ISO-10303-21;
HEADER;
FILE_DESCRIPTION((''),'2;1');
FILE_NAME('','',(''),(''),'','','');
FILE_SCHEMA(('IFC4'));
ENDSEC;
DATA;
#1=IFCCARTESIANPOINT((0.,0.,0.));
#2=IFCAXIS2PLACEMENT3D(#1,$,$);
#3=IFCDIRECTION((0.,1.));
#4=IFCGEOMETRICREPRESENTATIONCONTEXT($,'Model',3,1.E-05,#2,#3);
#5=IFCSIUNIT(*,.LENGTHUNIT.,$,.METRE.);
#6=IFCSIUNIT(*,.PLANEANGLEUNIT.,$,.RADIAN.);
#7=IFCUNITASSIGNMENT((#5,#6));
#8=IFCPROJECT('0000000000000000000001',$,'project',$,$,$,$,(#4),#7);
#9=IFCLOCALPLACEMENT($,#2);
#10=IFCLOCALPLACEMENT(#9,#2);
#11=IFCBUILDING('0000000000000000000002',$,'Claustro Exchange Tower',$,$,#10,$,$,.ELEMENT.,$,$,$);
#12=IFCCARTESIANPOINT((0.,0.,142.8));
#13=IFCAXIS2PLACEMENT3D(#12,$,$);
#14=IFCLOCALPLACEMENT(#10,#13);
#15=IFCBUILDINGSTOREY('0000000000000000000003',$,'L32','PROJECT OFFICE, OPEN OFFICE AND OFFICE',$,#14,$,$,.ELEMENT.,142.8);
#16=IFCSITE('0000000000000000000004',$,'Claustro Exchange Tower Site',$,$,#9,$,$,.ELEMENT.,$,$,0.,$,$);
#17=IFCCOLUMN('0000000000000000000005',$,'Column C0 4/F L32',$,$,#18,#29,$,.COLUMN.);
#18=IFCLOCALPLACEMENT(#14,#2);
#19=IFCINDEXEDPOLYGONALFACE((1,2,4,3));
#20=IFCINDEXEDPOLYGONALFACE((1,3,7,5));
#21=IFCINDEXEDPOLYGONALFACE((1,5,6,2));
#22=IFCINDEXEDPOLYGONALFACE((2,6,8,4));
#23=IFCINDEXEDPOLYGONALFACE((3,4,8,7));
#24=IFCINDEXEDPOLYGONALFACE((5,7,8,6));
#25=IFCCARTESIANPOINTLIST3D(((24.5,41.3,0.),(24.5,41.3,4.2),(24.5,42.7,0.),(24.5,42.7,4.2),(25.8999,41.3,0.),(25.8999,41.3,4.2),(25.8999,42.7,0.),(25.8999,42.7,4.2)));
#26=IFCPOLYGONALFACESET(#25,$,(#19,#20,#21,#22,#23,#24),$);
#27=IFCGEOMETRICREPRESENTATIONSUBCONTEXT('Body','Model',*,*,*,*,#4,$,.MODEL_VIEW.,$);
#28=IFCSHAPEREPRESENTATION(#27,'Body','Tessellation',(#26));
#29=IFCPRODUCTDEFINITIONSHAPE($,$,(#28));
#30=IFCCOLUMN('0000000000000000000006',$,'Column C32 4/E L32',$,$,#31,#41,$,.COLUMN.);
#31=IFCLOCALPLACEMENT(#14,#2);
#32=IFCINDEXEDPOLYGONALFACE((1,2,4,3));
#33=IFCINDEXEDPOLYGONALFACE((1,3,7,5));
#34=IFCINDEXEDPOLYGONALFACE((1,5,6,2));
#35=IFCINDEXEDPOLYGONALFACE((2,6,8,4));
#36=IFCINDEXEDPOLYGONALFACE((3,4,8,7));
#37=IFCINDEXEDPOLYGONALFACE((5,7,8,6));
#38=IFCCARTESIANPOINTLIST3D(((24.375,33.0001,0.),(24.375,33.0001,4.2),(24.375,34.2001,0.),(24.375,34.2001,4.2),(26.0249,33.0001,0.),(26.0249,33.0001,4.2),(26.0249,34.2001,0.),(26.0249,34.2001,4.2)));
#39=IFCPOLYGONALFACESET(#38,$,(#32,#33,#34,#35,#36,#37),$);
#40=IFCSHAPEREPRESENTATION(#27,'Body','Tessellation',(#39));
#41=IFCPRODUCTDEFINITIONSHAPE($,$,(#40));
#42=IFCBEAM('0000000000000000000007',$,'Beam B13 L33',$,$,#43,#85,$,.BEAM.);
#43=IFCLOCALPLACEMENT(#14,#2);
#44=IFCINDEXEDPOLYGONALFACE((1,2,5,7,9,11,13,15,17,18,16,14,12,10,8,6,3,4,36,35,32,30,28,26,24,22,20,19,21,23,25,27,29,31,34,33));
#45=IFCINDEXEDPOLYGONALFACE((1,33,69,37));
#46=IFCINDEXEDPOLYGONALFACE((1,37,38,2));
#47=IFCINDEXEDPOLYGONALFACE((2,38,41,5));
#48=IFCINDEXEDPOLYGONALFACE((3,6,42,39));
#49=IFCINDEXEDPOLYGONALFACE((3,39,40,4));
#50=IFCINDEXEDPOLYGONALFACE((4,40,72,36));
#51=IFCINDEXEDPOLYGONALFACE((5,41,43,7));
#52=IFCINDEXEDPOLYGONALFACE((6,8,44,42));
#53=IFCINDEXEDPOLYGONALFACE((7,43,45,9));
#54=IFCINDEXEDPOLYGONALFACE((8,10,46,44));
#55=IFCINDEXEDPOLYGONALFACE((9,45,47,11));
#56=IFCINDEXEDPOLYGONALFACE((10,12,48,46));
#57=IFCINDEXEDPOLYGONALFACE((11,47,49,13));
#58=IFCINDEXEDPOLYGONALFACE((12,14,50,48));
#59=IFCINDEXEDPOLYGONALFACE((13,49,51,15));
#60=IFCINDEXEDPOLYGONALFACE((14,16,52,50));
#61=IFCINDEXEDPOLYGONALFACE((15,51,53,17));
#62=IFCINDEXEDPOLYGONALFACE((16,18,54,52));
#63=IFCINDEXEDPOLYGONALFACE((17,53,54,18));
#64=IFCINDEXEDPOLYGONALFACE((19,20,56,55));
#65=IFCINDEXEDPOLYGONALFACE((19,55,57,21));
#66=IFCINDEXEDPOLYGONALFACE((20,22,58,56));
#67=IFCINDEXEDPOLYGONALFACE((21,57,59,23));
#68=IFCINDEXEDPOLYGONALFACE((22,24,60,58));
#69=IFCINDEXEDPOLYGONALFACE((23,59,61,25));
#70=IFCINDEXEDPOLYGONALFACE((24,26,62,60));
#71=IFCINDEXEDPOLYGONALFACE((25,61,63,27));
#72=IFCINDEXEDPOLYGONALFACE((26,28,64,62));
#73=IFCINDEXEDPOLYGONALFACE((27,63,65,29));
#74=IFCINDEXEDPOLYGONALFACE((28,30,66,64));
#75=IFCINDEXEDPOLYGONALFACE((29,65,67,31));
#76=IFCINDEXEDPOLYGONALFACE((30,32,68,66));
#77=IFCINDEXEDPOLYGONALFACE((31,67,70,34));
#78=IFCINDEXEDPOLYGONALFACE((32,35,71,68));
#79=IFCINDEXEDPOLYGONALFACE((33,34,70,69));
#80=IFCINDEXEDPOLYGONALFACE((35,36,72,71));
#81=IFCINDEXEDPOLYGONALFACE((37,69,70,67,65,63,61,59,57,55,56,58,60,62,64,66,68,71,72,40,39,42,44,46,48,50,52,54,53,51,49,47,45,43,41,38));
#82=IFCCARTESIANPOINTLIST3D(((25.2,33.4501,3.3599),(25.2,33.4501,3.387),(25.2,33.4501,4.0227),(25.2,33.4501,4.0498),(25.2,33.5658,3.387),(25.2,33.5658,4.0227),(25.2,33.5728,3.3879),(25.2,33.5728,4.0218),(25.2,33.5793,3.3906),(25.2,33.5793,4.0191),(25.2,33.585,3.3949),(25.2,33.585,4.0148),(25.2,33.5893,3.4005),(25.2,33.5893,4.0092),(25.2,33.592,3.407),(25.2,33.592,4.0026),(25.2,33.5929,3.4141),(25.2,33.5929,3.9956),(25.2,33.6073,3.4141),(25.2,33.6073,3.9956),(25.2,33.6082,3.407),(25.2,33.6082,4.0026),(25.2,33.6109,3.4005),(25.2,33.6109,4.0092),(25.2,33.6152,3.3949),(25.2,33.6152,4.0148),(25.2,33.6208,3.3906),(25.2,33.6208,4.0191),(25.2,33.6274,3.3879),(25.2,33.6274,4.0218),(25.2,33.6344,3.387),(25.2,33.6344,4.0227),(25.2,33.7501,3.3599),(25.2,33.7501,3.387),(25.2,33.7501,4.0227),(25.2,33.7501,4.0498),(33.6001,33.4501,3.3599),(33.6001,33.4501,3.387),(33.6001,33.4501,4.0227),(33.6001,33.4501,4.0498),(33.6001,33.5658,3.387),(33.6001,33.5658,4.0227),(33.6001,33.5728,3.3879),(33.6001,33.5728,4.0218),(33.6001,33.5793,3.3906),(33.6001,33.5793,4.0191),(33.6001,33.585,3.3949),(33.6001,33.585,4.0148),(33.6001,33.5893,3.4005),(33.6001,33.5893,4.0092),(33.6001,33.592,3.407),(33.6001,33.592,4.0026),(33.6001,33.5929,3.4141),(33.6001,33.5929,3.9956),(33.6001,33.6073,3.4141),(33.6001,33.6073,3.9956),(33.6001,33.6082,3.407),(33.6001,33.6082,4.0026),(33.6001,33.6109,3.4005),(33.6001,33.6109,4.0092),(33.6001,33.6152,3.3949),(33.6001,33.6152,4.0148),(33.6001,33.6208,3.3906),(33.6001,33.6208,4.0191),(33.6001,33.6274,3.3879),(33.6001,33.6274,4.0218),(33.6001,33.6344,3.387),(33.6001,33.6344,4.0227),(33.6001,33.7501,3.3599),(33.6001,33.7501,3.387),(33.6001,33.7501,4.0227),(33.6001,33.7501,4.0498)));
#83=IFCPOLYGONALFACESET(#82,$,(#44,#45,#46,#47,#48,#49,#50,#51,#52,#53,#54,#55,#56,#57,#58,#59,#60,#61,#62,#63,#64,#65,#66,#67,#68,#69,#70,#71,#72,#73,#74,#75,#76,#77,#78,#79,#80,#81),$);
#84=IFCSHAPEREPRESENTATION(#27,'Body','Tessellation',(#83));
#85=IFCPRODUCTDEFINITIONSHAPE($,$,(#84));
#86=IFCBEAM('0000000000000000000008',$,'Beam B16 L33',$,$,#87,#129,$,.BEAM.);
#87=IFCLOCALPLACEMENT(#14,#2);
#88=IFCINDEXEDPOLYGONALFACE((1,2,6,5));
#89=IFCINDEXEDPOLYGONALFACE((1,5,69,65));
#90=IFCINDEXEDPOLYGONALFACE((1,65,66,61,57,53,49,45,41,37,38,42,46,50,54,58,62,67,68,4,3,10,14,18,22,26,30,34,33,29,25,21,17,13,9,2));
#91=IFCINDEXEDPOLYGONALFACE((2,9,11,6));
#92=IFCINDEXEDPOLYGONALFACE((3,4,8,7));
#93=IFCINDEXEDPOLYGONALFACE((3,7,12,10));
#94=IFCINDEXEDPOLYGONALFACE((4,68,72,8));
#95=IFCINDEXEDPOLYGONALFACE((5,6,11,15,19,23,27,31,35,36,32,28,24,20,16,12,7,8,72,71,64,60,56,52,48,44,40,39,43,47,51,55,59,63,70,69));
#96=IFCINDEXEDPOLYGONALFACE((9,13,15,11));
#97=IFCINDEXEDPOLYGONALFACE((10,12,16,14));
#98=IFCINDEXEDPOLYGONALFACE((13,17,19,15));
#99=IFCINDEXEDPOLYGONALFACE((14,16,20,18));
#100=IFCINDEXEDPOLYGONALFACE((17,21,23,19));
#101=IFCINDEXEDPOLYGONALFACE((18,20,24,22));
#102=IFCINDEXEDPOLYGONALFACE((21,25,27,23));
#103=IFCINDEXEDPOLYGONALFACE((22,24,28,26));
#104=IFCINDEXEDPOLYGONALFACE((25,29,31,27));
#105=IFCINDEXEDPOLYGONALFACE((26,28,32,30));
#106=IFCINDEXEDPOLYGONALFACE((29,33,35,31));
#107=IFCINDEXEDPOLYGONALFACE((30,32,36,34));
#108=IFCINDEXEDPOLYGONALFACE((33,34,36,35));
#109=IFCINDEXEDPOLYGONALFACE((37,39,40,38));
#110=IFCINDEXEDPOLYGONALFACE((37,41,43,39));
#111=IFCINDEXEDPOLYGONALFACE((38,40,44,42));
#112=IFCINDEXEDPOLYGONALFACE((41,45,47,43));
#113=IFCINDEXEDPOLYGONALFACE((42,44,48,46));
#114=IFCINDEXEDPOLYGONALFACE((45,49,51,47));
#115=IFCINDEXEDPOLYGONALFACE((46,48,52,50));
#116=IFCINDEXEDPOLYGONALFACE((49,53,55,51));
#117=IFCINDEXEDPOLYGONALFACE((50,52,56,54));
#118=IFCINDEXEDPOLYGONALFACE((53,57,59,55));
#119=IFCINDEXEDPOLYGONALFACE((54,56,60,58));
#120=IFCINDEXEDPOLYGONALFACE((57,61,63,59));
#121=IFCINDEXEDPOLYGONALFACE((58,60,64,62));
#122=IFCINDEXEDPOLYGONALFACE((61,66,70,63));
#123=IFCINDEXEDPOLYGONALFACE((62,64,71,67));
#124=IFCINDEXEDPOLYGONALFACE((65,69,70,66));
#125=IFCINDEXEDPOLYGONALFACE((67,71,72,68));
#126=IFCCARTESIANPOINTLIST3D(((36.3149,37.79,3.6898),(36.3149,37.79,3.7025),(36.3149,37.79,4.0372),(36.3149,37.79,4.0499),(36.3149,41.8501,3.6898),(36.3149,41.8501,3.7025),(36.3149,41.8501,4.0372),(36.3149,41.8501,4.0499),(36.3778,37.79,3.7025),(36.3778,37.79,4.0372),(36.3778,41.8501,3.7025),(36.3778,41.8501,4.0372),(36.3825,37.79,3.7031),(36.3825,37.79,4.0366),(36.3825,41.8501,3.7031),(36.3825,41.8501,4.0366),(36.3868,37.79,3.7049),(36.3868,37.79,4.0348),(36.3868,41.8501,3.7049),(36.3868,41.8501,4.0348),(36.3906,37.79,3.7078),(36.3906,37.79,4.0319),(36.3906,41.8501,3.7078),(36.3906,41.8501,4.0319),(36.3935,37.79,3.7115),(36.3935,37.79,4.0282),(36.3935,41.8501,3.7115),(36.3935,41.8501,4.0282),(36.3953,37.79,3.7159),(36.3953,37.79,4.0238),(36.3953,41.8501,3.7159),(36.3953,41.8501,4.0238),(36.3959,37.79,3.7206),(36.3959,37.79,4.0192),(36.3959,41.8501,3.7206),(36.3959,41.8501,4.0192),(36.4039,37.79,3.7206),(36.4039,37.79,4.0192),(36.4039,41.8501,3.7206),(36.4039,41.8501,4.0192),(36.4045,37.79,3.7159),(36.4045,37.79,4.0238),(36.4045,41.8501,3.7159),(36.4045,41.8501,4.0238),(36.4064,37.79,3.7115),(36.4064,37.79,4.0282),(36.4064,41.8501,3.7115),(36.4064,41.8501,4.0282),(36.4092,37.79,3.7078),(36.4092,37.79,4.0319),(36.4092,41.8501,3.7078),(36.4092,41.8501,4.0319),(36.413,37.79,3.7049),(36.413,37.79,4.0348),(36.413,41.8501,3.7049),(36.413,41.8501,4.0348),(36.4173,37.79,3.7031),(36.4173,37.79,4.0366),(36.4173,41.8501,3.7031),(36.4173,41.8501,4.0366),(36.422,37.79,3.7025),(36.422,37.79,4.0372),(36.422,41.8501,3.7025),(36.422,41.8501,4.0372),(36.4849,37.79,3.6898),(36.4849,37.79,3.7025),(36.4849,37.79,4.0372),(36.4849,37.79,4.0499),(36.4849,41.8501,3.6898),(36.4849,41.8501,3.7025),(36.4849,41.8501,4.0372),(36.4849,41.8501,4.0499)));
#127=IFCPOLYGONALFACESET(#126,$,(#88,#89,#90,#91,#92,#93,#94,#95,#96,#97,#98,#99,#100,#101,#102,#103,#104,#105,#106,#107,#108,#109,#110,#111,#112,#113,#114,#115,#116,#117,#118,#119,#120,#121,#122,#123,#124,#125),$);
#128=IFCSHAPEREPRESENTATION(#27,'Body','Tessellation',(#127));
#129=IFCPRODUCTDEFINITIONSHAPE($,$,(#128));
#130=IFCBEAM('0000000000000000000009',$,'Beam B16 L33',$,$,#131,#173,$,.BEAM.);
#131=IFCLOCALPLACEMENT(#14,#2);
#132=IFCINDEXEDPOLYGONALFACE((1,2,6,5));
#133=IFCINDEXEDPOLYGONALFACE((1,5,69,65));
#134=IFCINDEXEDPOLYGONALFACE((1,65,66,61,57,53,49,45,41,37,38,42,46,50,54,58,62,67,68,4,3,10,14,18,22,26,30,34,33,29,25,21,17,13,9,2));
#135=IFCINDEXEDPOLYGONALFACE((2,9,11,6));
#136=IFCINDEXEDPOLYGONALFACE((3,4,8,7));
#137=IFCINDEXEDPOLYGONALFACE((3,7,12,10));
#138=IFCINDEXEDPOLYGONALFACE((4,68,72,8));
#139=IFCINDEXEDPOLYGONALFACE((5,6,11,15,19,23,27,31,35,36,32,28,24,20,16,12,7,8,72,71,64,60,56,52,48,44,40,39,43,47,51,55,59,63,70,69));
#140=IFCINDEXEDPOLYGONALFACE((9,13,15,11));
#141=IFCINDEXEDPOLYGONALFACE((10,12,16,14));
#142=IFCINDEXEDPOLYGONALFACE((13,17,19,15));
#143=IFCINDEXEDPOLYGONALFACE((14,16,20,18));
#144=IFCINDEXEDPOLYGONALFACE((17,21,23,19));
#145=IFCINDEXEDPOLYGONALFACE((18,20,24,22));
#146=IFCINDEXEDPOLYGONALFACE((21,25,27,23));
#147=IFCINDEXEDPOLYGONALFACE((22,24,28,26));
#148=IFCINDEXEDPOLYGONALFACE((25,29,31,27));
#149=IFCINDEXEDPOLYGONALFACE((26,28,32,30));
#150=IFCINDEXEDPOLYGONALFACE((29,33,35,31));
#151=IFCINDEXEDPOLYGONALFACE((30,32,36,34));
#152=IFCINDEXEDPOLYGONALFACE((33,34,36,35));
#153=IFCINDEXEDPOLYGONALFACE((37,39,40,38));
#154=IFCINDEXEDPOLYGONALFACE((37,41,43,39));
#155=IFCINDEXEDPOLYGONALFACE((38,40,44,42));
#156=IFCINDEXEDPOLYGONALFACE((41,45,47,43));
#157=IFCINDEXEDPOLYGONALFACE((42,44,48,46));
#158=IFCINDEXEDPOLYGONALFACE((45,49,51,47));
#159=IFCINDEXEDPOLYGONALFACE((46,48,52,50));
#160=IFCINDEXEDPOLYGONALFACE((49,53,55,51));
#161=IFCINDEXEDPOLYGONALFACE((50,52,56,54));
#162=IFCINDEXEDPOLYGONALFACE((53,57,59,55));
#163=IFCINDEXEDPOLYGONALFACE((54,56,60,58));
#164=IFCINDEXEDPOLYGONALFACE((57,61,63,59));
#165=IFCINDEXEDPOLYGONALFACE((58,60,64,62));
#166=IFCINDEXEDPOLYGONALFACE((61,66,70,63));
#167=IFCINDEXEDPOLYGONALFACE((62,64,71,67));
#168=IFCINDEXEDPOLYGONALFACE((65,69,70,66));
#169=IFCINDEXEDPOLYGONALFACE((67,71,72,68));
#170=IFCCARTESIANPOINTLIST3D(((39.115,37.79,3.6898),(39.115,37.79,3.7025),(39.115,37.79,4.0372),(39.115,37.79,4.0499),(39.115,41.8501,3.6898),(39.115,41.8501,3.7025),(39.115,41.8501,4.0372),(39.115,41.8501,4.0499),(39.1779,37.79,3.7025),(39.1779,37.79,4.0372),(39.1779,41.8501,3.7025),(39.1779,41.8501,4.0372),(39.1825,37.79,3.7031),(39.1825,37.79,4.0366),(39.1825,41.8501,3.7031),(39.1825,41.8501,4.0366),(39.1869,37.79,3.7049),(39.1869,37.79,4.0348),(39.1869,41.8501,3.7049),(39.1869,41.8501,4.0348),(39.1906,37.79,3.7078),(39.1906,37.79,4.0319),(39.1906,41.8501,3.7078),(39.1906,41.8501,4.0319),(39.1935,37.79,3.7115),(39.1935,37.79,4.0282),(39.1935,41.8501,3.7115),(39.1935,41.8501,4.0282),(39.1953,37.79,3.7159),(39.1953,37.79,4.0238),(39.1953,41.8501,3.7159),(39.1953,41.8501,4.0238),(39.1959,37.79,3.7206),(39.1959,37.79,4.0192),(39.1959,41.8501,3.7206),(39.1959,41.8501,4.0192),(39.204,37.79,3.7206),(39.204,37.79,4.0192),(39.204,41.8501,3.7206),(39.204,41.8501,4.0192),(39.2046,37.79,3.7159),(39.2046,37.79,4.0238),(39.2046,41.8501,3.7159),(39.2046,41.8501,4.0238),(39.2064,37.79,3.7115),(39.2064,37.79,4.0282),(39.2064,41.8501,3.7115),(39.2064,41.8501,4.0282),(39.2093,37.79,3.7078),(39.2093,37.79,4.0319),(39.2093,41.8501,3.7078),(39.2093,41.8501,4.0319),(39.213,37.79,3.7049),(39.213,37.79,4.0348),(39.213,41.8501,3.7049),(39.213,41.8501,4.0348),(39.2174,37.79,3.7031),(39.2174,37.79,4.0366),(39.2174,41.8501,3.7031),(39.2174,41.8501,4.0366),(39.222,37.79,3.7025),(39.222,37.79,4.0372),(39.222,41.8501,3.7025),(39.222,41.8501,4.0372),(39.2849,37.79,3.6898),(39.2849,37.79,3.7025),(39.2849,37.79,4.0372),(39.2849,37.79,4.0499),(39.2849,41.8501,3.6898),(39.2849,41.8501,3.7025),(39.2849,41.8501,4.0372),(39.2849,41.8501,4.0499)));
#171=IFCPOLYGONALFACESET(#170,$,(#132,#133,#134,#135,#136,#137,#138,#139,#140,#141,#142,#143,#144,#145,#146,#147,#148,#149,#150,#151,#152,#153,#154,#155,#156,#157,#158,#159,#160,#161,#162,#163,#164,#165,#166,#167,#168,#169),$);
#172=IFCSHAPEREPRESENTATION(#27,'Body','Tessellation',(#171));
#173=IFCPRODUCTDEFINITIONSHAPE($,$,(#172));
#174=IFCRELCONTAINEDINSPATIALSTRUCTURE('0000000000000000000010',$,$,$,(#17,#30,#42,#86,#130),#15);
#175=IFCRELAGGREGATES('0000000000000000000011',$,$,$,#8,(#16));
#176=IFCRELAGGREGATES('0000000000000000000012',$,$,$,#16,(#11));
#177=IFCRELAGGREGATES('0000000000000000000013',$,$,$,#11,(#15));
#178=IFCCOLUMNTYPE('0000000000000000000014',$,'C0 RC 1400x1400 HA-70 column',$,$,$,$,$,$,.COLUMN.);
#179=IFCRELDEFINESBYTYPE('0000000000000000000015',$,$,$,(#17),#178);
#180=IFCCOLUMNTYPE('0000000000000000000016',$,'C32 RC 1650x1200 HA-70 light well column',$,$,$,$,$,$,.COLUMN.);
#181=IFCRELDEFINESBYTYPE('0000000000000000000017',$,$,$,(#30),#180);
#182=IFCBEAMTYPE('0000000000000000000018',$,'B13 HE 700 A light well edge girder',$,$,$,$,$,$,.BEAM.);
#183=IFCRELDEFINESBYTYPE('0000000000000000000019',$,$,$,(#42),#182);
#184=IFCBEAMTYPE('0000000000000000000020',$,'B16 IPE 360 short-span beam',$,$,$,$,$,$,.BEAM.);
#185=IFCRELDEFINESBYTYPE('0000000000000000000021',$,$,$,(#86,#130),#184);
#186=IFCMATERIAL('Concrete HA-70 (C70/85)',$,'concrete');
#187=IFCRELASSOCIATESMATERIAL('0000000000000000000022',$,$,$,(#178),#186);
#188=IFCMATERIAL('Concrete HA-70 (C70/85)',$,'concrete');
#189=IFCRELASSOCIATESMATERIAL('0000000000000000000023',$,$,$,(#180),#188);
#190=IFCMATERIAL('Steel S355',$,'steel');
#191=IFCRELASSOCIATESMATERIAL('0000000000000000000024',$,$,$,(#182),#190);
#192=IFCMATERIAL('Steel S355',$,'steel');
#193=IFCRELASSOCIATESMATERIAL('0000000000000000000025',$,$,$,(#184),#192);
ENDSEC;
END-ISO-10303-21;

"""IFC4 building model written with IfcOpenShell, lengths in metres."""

from ifc_helpers import new_model, si_unit, direction, frame, origin, origin_2d, place, context, subcontext, project, spatial, rectangle, i_section, extrude, material, material_profile, profile_set, type_object, element, save


model = new_model("IFC4")

# Units and contexts
model_context = context("Model", 3, precision=1e-05, world=origin(), true_north=direction((0.0, 1.0)))
body_context = subcontext(model_context, "Body", "Model", "MODEL_VIEW")
ifc_project = project(units=[si_unit("LENGTHUNIT", "METRE"), si_unit("PLANEANGLEUNIT", "RADIAN")], contexts=[model_context])

# Site, building, storey
site_placement = place(None, origin())
site = spatial("IfcSite", under=ifc_project, at=site_placement, Name="Claustro Exchange Tower Site", CompositionType="ELEMENT", RefElevation=0.0)
building_placement = place(site_placement, origin())
building = spatial("IfcBuilding", under=site, at=building_placement, Name="Claustro Exchange Tower", CompositionType="ELEMENT")
storey_placement = place(building_placement, frame((0.0, 0.0, 142.8)))
storey = spatial("IfcBuildingStorey", under=building, at=storey_placement, Name="L32", Description="PROJECT OFFICE, OPEN OFFICE AND OFFICE", CompositionType="ELEMENT", Elevation=142.8)

# Columns
ifc_material_1 = material(Name="Concrete HA-70 (C70/85)", Category="concrete")
ifc_material_profile_1 = material_profile(ifc_material_1, rectangle(XDim=1.3999, YDim=1.3999, at=origin_2d()), Name="RC 1400x1400")
ifc_profile_set_1 = profile_set([ifc_material_profile_1], Name="Concrete HA-70 (C70/85)")
column_type_1 = type_object("IfcColumnType", Name="C0 RC 1400x1400 HA-70 column", PredefinedType="COLUMN", material=ifc_profile_set_1)
column_1_placement = place(storey_placement, frame((25.2, 42.0, 0.0), z_axis=(0.0, 0.0, 1.0), x_axis=(1.0, 0.0, 0.0)))
element("IfcColumn", 1, at=column_1_placement, inside=storey, type_object=column_type_1, Name="Column C0 4/F L32", PredefinedType="COLUMN", context=body_context, shape_type="SweptSolid", body=[
    extrude(rectangle(XDim=1.3999, YDim=1.3999, at=origin_2d()), origin(), (0.0, 0.0, 1.0), 4.2),
])
ifc_material_2 = material(Name="Concrete HA-70 (C70/85)", Category="concrete")
ifc_material_profile_2 = material_profile(ifc_material_2, rectangle(XDim=1.6499, YDim=1.2, at=origin_2d()), Name="RC 1650x1200")
ifc_profile_set_2 = profile_set([ifc_material_profile_2], Name="Concrete HA-70 (C70/85)")
column_type_2 = type_object("IfcColumnType", Name="C32 RC 1650x1200 HA-70 light well column", PredefinedType="COLUMN", material=ifc_profile_set_2)
column_2_placement = place(storey_placement, frame((25.2, 33.6001, 0.0), z_axis=(0.0, 0.0, 1.0), x_axis=(1.0, 0.0, 0.0)))
element("IfcColumn", 2, at=column_2_placement, inside=storey, type_object=column_type_2, Name="Column C32 4/E L32", PredefinedType="COLUMN", context=body_context, shape_type="SweptSolid", body=[
    extrude(rectangle(XDim=1.6499, YDim=1.2, at=origin_2d()), origin(), (0.0, 0.0, 1.0), 4.2),
])

# Beams
ifc_material_3 = material(Name="Steel S355", Category="steel")
ifc_material_profile_3 = material_profile(ifc_material_3, i_section(OverallWidth=0.3, OverallDepth=0.6899, WebThickness=0.0144, FlangeThickness=0.0271, FilletRadius=0.0271, at=origin_2d()), Name="HE 700 A")
ifc_profile_set_3 = profile_set([ifc_material_profile_3], Name="Steel S355")
beam_type_1 = type_object("IfcBeamType", Name="B13 HE 700 A light well edge girder", PredefinedType="BEAM", material=ifc_profile_set_3)
beam_1_placement = place(storey_placement, frame((25.2, 33.6001, 3.7048), z_axis=(1.0, 0.0, 0.0), x_axis=(0.0, 1.0, 0.0)))
element("IfcBeam", 3, at=beam_1_placement, inside=storey, type_object=beam_type_1, Name="Beam B13 L33", PredefinedType="BEAM", context=body_context, shape_type="SweptSolid", body=[
    extrude(i_section(OverallWidth=0.3, OverallDepth=0.6899, WebThickness=0.0144, FlangeThickness=0.0271, FilletRadius=0.0271, at=origin_2d()), origin(), (0.0, 0.0, 1.0), 8.4001),
])
ifc_material_4 = material(Name="Steel S355", Category="steel")
ifc_material_profile_4 = material_profile(ifc_material_4, i_section(OverallWidth=0.1699, OverallDepth=0.3601, WebThickness=0.0081, FlangeThickness=0.0127, FilletRadius=0.0181, at=origin_2d()), Name="IPE 360")
ifc_profile_set_4 = profile_set([ifc_material_profile_4], Name="Steel S355")
beam_type_2 = type_object("IfcBeamType", Name="B16 IPE 360 short-span beam", PredefinedType="BEAM", material=ifc_profile_set_4)
for number, where, z_axis, x_axis, name in (
    (4, (36.3999, 37.79, 3.8699), (0.0, 1.0, 0.0), (-1.0, 0.0, 0.0), "Beam B16 L33"),
    (5, (39.2, 37.79, 3.8699), (0.0, 1.0, 0.0), (-1.0, 0.0, 0.0), "Beam B16 L33"),
):
    element("IfcBeam", number, at=place(storey_placement, frame(where, z_axis=z_axis, x_axis=x_axis)), inside=storey, type_object=beam_type_2, Name=name, PredefinedType="BEAM", context=body_context, shape_type="SweptSolid", body=[
        extrude(i_section(OverallWidth=0.1699, OverallDepth=0.3601, WebThickness=0.0081, FlangeThickness=0.0127, FilletRadius=0.0181, at=origin_2d()), origin(), (0.0, 0.0, 1.0), 4.0601),
    ])

save(model, "model.ifc")
